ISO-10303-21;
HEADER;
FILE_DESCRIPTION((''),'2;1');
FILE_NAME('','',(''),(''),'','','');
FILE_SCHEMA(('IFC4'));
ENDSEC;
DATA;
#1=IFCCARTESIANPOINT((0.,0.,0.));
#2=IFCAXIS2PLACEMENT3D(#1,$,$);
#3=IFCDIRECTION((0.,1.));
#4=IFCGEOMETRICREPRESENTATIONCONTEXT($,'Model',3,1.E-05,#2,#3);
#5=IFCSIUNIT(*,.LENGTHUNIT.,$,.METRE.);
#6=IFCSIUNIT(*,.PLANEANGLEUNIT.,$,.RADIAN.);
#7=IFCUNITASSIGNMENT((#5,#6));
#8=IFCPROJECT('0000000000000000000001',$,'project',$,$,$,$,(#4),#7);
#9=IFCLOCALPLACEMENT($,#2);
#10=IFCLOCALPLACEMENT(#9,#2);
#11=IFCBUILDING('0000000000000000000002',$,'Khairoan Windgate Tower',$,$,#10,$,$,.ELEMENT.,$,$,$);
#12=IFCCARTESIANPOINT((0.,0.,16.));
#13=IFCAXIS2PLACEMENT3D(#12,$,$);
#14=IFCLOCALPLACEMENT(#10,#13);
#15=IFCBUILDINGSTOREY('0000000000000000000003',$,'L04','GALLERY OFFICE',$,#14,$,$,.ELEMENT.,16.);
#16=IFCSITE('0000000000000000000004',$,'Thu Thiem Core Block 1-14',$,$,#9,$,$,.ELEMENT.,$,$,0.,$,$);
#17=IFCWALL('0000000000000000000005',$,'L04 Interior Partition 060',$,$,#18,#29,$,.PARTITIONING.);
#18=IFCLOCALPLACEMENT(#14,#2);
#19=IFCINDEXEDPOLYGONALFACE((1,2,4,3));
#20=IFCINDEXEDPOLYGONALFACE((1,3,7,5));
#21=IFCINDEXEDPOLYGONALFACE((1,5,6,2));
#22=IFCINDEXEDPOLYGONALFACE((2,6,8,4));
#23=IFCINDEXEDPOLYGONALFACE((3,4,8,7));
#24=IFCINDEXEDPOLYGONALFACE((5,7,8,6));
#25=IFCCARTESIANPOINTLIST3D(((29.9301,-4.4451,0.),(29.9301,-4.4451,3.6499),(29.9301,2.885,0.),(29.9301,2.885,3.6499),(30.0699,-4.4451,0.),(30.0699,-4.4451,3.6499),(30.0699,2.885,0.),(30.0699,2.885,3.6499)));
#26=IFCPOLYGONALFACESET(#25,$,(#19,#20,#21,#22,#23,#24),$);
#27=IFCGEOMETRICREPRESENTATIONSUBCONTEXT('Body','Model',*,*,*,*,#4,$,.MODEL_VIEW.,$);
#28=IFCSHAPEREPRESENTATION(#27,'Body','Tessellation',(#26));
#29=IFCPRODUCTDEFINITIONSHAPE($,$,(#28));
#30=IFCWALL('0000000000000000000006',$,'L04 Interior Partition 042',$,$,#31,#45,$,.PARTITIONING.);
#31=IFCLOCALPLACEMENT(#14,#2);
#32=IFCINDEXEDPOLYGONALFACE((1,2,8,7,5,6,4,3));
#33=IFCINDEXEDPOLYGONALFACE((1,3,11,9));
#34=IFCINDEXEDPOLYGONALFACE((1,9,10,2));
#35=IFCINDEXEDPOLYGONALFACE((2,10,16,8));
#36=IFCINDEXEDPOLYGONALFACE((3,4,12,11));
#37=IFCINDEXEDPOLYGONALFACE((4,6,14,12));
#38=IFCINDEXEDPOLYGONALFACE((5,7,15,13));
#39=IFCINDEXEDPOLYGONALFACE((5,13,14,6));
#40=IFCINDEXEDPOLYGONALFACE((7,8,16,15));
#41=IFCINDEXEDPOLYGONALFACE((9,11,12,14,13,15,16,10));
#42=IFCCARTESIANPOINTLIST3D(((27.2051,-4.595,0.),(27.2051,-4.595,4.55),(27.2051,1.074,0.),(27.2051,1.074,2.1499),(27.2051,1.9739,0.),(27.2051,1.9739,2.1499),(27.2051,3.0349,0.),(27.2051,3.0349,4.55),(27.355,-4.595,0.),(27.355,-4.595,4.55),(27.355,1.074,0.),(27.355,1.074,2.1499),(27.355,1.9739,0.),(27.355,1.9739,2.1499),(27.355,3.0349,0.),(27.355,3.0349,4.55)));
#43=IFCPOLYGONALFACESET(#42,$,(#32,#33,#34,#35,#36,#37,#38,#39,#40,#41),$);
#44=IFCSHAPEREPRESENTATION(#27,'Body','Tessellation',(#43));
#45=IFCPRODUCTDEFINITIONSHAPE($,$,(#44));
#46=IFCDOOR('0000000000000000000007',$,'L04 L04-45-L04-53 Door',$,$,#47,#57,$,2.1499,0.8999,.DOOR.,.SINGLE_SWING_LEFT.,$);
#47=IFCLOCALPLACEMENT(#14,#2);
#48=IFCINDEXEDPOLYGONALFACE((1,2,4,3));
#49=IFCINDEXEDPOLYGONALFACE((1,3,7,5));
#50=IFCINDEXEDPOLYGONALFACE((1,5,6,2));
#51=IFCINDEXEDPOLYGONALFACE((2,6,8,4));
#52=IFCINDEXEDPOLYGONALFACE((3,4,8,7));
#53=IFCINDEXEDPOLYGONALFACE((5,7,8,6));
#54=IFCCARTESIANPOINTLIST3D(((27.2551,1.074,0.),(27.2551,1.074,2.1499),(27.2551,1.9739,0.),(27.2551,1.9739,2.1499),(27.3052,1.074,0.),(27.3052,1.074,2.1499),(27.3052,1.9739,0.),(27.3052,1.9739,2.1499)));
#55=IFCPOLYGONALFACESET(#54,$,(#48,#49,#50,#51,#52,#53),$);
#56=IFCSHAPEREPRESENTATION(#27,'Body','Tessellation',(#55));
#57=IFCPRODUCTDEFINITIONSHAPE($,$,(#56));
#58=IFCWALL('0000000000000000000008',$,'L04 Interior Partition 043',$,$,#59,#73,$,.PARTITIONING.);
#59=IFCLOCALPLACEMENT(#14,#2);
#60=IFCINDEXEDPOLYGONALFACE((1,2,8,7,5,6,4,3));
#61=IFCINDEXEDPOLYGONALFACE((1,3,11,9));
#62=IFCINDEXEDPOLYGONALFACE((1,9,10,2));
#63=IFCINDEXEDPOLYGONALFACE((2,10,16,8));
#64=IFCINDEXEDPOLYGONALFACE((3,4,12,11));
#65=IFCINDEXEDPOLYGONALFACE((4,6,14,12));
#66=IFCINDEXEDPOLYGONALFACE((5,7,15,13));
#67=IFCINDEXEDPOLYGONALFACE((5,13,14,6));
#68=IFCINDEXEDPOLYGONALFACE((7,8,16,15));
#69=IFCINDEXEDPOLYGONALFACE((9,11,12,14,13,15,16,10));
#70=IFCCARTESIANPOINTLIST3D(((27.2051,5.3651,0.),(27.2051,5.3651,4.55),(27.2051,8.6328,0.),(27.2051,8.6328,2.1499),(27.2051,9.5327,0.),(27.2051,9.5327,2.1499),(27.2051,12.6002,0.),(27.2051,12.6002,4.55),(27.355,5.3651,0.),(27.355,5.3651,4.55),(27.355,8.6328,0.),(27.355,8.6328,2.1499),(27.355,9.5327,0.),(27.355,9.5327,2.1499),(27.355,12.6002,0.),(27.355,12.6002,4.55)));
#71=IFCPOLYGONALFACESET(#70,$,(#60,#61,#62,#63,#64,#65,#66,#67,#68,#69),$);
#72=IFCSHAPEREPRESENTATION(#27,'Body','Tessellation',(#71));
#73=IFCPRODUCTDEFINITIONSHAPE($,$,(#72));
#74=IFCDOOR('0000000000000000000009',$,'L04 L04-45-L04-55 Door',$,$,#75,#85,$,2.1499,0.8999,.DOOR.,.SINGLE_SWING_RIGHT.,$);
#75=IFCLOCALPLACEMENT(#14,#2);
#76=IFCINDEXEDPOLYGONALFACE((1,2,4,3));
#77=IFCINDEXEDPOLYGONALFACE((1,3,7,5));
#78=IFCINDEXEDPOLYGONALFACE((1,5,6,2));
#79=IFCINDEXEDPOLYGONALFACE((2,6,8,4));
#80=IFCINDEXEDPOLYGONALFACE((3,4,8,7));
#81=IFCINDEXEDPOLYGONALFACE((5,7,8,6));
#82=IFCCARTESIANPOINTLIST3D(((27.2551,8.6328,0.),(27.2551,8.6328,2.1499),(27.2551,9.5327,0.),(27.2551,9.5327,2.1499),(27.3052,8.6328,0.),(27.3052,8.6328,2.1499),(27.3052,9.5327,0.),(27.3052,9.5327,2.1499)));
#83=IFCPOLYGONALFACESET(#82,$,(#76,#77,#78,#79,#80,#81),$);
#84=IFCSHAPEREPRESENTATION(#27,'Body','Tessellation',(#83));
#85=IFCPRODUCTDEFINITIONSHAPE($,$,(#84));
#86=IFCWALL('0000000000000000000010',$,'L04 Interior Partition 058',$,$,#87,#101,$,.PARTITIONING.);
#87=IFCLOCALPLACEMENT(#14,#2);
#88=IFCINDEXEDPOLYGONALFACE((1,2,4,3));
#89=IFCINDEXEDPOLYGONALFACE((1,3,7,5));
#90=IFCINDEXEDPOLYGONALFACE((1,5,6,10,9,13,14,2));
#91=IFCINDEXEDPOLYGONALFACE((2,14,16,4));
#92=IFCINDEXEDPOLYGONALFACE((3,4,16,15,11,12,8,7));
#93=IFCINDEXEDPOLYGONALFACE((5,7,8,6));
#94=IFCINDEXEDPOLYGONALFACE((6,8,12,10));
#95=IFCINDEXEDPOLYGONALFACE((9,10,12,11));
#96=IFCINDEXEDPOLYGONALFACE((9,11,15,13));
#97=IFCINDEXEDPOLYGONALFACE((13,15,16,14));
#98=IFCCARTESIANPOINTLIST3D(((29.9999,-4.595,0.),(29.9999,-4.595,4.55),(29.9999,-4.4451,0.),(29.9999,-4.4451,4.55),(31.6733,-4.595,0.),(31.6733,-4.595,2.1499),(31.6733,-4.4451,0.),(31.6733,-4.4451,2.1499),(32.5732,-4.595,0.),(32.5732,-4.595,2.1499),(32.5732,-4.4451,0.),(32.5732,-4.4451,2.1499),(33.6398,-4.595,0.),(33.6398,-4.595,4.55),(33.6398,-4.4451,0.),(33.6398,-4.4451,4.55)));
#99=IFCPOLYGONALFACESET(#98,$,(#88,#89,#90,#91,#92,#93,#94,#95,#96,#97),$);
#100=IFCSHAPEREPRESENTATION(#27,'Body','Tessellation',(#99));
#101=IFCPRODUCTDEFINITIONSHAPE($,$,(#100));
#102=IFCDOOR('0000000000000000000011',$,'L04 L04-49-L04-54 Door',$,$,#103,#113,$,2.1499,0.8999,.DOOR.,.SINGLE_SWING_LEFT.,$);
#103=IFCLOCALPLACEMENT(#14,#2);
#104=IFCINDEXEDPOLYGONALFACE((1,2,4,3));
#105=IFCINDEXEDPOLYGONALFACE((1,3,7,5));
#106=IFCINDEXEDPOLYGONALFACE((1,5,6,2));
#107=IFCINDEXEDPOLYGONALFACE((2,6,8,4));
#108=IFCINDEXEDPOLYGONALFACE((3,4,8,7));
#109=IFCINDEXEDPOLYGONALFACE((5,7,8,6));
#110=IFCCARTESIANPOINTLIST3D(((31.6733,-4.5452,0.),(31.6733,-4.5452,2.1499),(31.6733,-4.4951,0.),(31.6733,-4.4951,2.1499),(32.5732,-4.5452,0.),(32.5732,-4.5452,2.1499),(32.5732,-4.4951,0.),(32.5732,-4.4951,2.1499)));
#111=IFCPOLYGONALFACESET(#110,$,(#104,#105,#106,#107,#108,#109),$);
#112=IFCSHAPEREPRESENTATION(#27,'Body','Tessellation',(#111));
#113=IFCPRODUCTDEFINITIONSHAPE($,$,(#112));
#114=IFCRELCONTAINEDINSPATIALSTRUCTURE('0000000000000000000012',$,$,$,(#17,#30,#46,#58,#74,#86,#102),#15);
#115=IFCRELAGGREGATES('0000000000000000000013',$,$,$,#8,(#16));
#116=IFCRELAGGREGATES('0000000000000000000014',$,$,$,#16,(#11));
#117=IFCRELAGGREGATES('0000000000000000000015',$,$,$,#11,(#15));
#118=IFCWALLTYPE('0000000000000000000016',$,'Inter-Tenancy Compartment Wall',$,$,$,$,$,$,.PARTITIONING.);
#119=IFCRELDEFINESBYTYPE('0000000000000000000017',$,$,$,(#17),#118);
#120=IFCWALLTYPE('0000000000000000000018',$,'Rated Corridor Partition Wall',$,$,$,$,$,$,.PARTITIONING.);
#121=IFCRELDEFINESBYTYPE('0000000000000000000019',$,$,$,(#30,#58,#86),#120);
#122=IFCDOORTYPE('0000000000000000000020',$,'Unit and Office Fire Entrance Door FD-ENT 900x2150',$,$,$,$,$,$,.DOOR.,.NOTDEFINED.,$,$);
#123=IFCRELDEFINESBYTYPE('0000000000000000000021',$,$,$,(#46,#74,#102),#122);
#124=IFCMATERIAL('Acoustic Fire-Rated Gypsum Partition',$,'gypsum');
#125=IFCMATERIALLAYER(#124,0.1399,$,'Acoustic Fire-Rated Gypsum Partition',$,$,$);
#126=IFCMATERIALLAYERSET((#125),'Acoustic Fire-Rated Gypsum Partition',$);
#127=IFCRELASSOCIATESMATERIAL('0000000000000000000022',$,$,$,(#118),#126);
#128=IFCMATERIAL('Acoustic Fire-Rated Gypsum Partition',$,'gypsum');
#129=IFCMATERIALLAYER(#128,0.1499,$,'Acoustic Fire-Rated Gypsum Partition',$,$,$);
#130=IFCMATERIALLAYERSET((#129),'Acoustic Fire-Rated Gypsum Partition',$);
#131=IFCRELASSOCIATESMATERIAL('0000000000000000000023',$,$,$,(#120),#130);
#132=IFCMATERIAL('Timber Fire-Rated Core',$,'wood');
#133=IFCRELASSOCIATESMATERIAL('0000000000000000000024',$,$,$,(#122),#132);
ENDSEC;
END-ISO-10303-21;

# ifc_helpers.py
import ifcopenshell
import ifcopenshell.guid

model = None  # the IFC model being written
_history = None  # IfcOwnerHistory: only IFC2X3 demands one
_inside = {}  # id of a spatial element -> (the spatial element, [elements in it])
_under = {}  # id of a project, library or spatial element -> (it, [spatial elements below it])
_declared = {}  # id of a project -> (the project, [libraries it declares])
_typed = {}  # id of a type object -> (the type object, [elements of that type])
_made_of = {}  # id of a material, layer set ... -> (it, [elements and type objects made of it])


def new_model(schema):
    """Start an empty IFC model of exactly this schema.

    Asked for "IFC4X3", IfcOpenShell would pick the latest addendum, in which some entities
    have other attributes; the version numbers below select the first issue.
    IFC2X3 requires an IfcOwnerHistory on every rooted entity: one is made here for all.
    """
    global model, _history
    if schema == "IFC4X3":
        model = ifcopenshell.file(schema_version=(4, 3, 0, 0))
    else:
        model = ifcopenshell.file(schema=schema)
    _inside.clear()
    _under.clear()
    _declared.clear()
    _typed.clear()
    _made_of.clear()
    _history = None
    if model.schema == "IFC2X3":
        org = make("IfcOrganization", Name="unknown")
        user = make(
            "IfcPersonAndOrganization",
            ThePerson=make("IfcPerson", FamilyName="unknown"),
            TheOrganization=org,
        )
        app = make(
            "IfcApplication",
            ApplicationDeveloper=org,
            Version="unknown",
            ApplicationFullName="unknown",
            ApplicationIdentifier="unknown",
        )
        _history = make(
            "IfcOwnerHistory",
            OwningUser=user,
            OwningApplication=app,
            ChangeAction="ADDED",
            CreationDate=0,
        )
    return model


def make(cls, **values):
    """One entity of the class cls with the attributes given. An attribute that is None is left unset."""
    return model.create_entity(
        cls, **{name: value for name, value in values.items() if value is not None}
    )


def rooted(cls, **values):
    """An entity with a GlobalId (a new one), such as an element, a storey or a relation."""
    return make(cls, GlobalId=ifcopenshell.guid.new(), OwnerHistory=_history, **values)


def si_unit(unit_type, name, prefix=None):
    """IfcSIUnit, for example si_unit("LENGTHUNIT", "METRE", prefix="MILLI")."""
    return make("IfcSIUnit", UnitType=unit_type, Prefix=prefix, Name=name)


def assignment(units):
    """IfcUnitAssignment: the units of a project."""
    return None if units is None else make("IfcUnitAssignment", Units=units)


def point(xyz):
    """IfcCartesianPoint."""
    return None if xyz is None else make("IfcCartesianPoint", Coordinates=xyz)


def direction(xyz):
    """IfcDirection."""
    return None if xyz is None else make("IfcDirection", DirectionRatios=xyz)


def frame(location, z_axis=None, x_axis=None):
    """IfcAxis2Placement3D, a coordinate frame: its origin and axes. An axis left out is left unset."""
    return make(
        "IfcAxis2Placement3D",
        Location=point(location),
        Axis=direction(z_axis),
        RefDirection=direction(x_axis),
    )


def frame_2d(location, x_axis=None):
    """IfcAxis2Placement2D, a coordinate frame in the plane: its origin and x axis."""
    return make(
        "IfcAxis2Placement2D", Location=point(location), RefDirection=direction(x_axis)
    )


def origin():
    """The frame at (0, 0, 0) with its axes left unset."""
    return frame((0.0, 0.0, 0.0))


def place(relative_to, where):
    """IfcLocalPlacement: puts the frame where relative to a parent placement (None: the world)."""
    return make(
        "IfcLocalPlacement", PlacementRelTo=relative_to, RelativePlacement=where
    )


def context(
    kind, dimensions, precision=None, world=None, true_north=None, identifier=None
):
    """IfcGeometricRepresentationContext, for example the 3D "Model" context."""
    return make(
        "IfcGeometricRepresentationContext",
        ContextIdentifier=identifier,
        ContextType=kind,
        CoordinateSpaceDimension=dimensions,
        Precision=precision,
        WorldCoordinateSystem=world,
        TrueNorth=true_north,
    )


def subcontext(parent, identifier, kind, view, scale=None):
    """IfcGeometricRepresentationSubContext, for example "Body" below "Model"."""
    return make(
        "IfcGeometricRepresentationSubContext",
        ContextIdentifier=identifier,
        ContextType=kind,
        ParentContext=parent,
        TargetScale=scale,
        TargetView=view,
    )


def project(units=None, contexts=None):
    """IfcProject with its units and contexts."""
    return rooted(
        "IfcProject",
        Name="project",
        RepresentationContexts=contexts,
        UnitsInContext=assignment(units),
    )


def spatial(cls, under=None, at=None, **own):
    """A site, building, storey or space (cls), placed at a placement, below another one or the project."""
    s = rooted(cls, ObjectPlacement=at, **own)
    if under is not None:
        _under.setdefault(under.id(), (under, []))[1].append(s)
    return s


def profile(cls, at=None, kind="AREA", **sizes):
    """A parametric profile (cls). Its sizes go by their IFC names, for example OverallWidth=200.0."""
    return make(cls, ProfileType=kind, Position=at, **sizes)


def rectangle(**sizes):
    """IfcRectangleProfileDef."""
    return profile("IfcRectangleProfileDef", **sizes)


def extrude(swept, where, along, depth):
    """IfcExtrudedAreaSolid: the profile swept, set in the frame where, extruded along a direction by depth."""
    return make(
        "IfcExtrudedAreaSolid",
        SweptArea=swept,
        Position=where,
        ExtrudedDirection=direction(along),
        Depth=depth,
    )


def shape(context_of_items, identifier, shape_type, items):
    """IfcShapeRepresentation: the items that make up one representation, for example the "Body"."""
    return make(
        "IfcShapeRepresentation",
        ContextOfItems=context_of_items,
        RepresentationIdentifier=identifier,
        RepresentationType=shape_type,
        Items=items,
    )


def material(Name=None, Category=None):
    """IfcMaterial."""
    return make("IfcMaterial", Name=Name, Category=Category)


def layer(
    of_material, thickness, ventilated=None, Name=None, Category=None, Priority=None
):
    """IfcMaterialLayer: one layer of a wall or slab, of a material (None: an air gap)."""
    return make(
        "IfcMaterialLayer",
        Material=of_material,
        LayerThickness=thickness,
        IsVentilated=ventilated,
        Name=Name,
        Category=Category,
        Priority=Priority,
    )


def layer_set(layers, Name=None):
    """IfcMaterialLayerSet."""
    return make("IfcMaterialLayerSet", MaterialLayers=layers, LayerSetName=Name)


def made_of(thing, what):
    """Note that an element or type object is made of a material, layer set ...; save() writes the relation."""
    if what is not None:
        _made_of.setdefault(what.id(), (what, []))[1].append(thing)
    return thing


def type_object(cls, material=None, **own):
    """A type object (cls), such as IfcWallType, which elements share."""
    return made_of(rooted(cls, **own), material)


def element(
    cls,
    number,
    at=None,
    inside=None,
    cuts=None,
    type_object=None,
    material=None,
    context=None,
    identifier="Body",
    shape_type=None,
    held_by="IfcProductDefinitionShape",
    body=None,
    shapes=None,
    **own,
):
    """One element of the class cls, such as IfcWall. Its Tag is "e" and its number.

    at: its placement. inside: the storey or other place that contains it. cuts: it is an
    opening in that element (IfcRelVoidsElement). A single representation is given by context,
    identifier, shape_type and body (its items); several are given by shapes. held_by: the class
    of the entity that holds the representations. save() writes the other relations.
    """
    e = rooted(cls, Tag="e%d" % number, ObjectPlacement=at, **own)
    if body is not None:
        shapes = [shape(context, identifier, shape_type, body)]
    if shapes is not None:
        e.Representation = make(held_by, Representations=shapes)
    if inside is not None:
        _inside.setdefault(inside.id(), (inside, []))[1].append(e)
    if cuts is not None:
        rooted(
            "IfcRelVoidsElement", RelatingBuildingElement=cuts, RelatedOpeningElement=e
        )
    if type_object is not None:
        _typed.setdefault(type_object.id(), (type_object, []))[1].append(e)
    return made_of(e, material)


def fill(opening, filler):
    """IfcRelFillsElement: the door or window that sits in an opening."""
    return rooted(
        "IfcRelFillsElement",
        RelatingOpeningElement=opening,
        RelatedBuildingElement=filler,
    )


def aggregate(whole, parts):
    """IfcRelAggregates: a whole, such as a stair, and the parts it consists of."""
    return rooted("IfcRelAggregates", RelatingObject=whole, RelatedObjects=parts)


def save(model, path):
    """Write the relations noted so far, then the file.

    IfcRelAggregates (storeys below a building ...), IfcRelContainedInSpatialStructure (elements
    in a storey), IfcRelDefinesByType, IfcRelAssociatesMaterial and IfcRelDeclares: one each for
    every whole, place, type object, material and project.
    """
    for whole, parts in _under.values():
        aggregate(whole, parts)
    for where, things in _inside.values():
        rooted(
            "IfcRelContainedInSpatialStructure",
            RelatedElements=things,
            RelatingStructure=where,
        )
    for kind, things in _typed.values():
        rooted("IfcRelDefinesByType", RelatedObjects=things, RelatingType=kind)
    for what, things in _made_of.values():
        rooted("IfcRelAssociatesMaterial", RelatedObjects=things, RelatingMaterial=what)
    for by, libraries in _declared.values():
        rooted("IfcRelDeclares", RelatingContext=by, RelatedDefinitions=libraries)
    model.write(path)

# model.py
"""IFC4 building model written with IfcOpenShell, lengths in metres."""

from ifc_helpers import new_model, si_unit, direction, frame, frame_2d, origin, place, context, subcontext, project, spatial, rectangle, extrude, material, layer, layer_set, type_object, element, fill, save


model = new_model("IFC4")

# Units and contexts
model_context = context("Model", 3, precision=1e-05, world=origin(), true_north=direction((0.0, 1.0)))
body_context = subcontext(model_context, "Body", "Model", "MODEL_VIEW")
ifc_project = project(units=[si_unit("LENGTHUNIT", "METRE"), si_unit("PLANEANGLEUNIT", "RADIAN")], contexts=[model_context])

# Site, building, storey
site_placement = place(None, origin())
site = spatial("IfcSite", under=ifc_project, at=site_placement, Name="Thu Thiem Core Block 1-14", CompositionType="ELEMENT", RefElevation=0.0)
building_placement = place(site_placement, origin())
building = spatial("IfcBuilding", under=site, at=building_placement, Name="Khairoan Windgate Tower", CompositionType="ELEMENT")
storey_placement = place(building_placement, frame((0.0, 0.0, 16.0)))
storey = spatial("IfcBuildingStorey", under=building, at=storey_placement, Name="L04", Description="GALLERY OFFICE", CompositionType="ELEMENT", Elevation=16.0)

# Wall
ifc_material_1 = material(Name="Acoustic Fire-Rated Gypsum Partition", Category="gypsum")
ifc_layer_1 = layer(ifc_material_1, 0.1399, Name="Acoustic Fire-Rated Gypsum Partition")
ifc_layer_set_1 = layer_set([ifc_layer_1], Name="Acoustic Fire-Rated Gypsum Partition")
wall_type_1 = type_object("IfcWallType", Name="Inter-Tenancy Compartment Wall", PredefinedType="PARTITIONING", material=ifc_layer_set_1)
wall_1_placement = place(storey_placement, frame((30.0, -4.4451, 0.0), z_axis=(0.0, 0.0, 1.0), x_axis=(0.0, 1.0, 0.0)))
element("IfcWall", 1, at=wall_1_placement, inside=storey, type_object=wall_type_1, Name="L04 Interior Partition 060", PredefinedType="PARTITIONING", context=body_context, shape_type="SweptSolid", body=[
    extrude(rectangle(XDim=7.3301, YDim=0.1399, at=frame_2d((3.665, 0.0))), origin(), (0.0, 0.0, 1.0), 3.6499),
])

# Walls, openings, doors
ifc_material_2 = material(Name="Acoustic Fire-Rated Gypsum Partition", Category="gypsum")
ifc_layer_2 = layer(ifc_material_2, 0.1499, Name="Acoustic Fire-Rated Gypsum Partition")
ifc_layer_set_2 = layer_set([ifc_layer_2], Name="Acoustic Fire-Rated Gypsum Partition")
wall_type_2 = type_object("IfcWallType", Name="Rated Corridor Partition Wall", PredefinedType="PARTITIONING", material=ifc_layer_set_2)
wall_2_placement = place(storey_placement, frame((27.28, -4.595, 0.0), z_axis=(0.0, 0.0, 1.0), x_axis=(0.0, 1.0, 0.0)))
wall_2 = element("IfcWall", 2, at=wall_2_placement, inside=storey, type_object=wall_type_2, Name="L04 Interior Partition 042", PredefinedType="PARTITIONING", context=body_context, shape_type="SweptSolid", body=[
    extrude(rectangle(XDim=7.6299, YDim=0.1499, at=frame_2d((3.8149, 0.0))), origin(), (0.0, 0.0, 1.0), 4.55),
])
opening_1_placement = place(wall_2_placement, frame((5.6689, 0.0, 0.0)))
opening_1 = element("IfcOpeningElement", 3, at=opening_1_placement, cuts=wall_2, PredefinedType="OPENING", context=body_context, shape_type="SweptSolid", body=[
    extrude(rectangle(XDim=0.8999, YDim=2.1499, at=frame_2d((0.45, 1.075))), frame((0.0, 0.085, 0.0), z_axis=(0.0, -1.0, 0.0), x_axis=(1.0, 0.0, 0.0)), (0.0, 0.0, 1.0), 0.1699),
])
ifc_material_3 = material(Name="Timber Fire-Rated Core", Category="wood")
door_type = type_object("IfcDoorType", Name="Unit and Office Fire Entrance Door FD-ENT 900x2150", OperationType="NOTDEFINED", PredefinedType="DOOR", material=ifc_material_3)
door_1_placement = place(opening_1_placement, origin())
door_1 = element("IfcDoor", 4, at=door_1_placement, inside=storey, type_object=door_type, Name="L04 L04-45-L04-53 Door", OperationType="SINGLE_SWING_LEFT", OverallHeight=2.1499, OverallWidth=0.8999, PredefinedType="DOOR", context=body_context, shape_type="SweptSolid", body=[
    extrude(rectangle(XDim=0.8999, YDim=2.1499, at=frame_2d((0.45, 1.075))), frame((0.0, 0.0249, 0.0), z_axis=(0.0, -1.0, 0.0), x_axis=(1.0, 0.0, 0.0)), (0.0, 0.0, 1.0), 0.05),
])
fill(opening_1, door_1)
wall_3_placement = place(storey_placement, frame((27.28, 5.365, 0.0), z_axis=(0.0, 0.0, 1.0), x_axis=(0.0, 1.0, 0.0)))
wall_3 = element("IfcWall", 5, at=wall_3_placement, inside=storey, type_object=wall_type_2, Name="L04 Interior Partition 043", PredefinedType="PARTITIONING", context=body_context, shape_type="SweptSolid", body=[
    extrude(rectangle(XDim=7.2351, YDim=0.1499, at=frame_2d((3.6177, 0.0))), origin(), (0.0, 0.0, 1.0), 4.55),
])
opening_2_placement = place(wall_3_placement, frame((3.2678, 0.0, 0.0)))
opening_2 = element("IfcOpeningElement", 6, at=opening_2_placement, cuts=wall_3, PredefinedType="OPENING", context=body_context, shape_type="SweptSolid", body=[
    extrude(rectangle(XDim=0.8999, YDim=2.1499, at=frame_2d((0.45, 1.075))), frame((0.0, 0.085, 0.0), z_axis=(0.0, -1.0, 0.0), x_axis=(1.0, 0.0, 0.0)), (0.0, 0.0, 1.0), 0.1699),
])
door_2_placement = place(opening_2_placement, origin())
door_2 = element("IfcDoor", 7, at=door_2_placement, inside=storey, type_object=door_type, Name="L04 L04-45-L04-55 Door", OperationType="SINGLE_SWING_RIGHT", OverallHeight=2.1499, OverallWidth=0.8999, PredefinedType="DOOR", context=body_context, shape_type="SweptSolid", body=[
    extrude(rectangle(XDim=0.8999, YDim=2.1499, at=frame_2d((0.45, 1.075))), frame((0.0, 0.0249, 0.0), z_axis=(0.0, -1.0, 0.0), x_axis=(1.0, 0.0, 0.0)), (0.0, 0.0, 1.0), 0.05),
])
fill(opening_2, door_2)
wall_4_placement = place(storey_placement, frame((30.0, -4.52, 0.0), z_axis=(0.0, 0.0, 1.0), x_axis=(1.0, 0.0, 0.0)))
wall_4 = element("IfcWall", 8, at=wall_4_placement, inside=storey, type_object=wall_type_2, Name="L04 Interior Partition 058", PredefinedType="PARTITIONING", context=body_context, shape_type="SweptSolid", body=[
    extrude(rectangle(XDim=3.6399, YDim=0.1499, at=frame_2d((1.8198, 0.0))), origin(), (0.0, 0.0, 1.0), 4.55),
])
opening_3_placement = place(wall_4_placement, frame((1.6733, 0.0, 0.0)))
opening_3 = element("IfcOpeningElement", 9, at=opening_3_placement, cuts=wall_4, PredefinedType="OPENING", context=body_context, shape_type="SweptSolid", body=[
    extrude(rectangle(XDim=0.8999, YDim=2.1499, at=frame_2d((0.45, 1.075))), frame((0.0, 0.085, 0.0), z_axis=(0.0, -1.0, 0.0), x_axis=(1.0, 0.0, 0.0)), (0.0, 0.0, 1.0), 0.1699),
])
door_3_placement = place(opening_3_placement, origin())
door_3 = element("IfcDoor", 10, at=door_3_placement, inside=storey, type_object=door_type, Name="L04 L04-49-L04-54 Door", OperationType="SINGLE_SWING_LEFT", OverallHeight=2.1499, OverallWidth=0.8999, PredefinedType="DOOR", context=body_context, shape_type="SweptSolid", body=[
    extrude(rectangle(XDim=0.8999, YDim=2.1499, at=frame_2d((0.45, 1.075))), frame((0.0, 0.0249, 0.0), z_axis=(0.0, -1.0, 0.0), x_axis=(1.0, 0.0, 0.0)), (0.0, 0.0, 1.0), 0.05),
])
fill(opening_3, door_3)

save(model, "model.ifc")
